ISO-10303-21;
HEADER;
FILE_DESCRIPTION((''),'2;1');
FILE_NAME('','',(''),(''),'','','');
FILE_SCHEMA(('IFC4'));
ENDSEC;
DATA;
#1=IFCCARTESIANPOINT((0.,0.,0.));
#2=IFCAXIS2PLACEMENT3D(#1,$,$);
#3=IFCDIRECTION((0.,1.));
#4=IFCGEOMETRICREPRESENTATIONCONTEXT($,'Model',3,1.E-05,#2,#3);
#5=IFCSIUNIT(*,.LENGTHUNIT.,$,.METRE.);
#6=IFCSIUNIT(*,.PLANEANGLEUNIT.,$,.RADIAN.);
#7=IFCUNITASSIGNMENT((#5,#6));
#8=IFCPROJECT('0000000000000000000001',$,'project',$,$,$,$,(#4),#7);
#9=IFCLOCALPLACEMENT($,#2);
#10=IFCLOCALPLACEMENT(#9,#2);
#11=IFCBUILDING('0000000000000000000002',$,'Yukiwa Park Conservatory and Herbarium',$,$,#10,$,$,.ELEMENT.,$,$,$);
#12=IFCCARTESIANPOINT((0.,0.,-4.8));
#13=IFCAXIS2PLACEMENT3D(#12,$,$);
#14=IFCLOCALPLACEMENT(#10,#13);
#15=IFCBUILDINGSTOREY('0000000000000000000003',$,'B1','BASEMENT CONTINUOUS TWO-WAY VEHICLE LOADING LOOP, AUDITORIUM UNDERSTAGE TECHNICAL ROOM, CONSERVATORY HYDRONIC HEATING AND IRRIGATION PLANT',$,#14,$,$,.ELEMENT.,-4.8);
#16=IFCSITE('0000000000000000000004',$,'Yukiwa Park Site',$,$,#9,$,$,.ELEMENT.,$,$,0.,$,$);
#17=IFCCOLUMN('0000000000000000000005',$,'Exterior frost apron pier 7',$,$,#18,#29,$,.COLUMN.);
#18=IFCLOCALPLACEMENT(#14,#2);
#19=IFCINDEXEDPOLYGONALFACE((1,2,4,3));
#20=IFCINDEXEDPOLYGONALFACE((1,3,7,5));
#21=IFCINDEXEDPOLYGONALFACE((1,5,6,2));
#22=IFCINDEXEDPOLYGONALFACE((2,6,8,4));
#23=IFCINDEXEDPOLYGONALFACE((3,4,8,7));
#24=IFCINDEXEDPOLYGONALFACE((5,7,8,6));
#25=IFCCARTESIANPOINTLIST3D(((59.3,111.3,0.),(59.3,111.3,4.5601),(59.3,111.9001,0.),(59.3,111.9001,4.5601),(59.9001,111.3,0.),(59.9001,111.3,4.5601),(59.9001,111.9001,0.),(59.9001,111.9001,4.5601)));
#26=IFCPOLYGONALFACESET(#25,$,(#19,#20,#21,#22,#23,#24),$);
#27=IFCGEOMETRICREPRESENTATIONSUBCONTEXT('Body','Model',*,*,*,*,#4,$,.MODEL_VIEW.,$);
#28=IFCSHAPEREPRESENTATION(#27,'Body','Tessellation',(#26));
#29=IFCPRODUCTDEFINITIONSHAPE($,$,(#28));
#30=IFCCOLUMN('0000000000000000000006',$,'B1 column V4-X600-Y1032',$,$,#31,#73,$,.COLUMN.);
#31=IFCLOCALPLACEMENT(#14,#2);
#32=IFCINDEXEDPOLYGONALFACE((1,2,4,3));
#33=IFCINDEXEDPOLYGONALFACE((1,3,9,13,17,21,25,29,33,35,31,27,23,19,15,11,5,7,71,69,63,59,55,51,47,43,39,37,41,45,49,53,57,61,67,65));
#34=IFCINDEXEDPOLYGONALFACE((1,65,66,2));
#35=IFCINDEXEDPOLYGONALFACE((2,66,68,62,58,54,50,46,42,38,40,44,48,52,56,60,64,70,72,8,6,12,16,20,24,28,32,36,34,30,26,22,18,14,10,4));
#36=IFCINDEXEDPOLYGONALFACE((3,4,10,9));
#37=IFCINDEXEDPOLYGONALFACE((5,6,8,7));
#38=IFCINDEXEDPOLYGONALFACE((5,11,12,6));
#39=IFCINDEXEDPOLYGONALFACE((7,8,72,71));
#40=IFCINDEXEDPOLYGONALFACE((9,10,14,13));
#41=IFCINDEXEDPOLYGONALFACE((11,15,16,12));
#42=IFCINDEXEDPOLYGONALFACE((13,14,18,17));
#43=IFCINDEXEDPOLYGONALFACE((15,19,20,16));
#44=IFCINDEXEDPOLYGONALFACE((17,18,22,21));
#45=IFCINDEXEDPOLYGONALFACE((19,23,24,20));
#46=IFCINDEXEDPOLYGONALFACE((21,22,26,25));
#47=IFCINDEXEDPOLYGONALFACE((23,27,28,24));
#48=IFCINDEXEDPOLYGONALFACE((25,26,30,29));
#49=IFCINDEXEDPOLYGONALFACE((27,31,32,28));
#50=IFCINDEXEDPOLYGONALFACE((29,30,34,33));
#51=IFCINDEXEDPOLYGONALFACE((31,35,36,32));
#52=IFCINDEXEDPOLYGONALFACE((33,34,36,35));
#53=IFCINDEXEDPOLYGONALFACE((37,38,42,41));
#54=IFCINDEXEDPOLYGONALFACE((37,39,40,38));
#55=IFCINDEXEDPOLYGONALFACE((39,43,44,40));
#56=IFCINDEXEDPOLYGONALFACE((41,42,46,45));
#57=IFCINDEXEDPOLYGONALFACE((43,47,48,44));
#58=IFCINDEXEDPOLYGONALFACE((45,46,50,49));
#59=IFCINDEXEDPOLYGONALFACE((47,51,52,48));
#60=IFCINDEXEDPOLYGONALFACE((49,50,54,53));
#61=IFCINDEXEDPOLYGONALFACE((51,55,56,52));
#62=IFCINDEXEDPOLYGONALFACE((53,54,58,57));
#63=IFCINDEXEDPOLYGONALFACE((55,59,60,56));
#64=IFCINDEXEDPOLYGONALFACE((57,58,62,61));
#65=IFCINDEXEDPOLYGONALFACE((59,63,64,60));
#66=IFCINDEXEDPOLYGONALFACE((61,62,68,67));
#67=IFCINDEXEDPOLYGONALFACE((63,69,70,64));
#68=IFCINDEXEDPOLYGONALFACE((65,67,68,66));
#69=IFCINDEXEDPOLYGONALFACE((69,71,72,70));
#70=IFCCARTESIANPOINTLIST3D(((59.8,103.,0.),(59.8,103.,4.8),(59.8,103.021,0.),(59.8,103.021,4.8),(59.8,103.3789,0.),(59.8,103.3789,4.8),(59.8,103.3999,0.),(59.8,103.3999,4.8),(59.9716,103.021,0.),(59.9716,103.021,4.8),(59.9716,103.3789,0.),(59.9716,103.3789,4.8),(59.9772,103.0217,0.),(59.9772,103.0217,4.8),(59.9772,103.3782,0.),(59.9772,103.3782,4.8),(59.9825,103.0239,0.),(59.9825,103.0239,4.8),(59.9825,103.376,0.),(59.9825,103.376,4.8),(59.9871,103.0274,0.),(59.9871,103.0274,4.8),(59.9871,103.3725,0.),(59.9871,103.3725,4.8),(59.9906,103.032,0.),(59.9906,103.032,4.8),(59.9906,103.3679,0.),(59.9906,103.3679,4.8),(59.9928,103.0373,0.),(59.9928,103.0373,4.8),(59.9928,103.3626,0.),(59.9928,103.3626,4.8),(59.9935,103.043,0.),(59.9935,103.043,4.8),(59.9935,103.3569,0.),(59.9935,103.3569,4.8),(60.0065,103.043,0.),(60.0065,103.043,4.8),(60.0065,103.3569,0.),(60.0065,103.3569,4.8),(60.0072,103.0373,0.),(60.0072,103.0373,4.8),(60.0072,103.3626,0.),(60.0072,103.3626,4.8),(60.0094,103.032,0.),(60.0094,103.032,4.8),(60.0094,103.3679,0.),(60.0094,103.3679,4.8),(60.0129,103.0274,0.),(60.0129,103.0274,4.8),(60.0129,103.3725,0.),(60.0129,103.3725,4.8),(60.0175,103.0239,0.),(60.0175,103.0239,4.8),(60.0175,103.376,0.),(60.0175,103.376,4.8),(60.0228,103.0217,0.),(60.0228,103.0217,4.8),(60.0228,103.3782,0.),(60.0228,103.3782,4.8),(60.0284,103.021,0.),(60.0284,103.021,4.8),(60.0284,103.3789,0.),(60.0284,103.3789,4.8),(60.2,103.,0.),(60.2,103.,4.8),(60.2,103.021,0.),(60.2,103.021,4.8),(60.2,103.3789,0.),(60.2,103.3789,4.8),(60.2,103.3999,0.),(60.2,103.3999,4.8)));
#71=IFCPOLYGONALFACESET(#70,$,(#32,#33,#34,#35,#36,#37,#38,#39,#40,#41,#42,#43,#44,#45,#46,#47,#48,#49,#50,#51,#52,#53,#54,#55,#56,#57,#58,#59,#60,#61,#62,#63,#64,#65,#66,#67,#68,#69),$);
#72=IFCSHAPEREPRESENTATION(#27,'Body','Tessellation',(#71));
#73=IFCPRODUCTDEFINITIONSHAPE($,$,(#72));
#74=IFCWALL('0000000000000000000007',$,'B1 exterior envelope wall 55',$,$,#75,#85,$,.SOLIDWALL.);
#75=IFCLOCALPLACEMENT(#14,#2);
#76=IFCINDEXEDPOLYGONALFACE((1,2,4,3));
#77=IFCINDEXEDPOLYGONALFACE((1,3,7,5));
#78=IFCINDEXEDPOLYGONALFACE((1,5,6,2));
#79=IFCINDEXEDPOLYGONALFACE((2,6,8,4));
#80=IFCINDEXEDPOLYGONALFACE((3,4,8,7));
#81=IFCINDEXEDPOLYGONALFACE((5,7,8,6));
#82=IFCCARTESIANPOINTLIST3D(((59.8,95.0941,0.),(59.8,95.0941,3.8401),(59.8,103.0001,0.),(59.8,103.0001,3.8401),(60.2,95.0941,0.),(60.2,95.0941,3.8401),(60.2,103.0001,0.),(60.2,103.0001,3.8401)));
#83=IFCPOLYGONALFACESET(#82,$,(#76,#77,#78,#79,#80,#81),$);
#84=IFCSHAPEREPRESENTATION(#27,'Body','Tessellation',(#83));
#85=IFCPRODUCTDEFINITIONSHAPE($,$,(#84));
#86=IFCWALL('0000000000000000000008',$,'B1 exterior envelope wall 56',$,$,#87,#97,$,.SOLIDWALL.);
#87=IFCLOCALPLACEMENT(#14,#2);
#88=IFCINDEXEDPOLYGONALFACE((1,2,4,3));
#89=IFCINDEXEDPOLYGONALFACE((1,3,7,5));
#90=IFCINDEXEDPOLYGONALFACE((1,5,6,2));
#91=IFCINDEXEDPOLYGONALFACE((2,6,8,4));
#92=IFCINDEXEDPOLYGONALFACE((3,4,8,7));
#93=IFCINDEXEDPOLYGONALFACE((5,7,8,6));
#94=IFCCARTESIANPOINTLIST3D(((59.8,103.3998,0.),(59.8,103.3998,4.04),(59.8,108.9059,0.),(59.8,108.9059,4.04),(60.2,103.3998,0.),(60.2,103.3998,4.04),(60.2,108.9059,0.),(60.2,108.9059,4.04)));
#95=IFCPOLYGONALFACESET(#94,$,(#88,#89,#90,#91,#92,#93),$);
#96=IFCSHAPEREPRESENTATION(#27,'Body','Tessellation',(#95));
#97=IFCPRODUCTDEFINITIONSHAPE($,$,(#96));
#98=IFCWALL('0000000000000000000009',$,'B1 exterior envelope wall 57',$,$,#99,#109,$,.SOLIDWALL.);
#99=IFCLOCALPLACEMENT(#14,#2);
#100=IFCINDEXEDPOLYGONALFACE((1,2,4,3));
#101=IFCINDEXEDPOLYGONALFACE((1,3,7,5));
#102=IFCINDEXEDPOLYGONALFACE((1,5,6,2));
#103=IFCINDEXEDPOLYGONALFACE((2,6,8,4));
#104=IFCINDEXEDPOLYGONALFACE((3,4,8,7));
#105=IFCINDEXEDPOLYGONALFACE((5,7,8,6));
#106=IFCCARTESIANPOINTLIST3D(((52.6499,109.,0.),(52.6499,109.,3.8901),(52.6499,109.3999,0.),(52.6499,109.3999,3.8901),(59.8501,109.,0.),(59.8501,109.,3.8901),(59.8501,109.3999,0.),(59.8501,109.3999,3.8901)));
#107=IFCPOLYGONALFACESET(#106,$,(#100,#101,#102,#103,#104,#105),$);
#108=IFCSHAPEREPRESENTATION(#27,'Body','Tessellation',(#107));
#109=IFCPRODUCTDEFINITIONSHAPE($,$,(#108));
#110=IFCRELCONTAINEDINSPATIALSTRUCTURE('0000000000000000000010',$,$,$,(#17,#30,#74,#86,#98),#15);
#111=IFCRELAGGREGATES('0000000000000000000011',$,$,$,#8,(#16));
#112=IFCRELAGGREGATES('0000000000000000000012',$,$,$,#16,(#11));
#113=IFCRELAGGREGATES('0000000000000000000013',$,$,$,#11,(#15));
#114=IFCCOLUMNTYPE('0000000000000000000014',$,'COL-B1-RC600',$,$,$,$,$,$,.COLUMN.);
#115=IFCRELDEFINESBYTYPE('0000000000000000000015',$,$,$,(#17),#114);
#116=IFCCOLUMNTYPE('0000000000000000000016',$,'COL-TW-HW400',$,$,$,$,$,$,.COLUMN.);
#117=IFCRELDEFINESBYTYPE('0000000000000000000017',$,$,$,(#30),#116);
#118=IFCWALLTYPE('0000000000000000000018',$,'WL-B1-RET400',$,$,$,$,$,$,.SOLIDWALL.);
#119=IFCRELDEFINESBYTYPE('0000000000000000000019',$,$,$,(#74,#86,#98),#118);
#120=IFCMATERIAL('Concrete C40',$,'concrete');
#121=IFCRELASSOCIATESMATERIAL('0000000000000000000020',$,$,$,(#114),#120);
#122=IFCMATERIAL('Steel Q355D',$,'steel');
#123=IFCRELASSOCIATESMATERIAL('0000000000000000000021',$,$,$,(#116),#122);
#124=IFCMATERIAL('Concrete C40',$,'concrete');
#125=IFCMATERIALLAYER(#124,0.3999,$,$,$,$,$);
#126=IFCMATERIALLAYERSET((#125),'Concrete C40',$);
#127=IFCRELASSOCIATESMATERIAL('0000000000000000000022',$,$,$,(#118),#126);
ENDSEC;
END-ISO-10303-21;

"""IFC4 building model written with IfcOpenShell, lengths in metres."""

from ifc_helpers import new_model, si_unit, direction, frame, frame_2d, origin, origin_2d, place, context, subcontext, project, spatial, rectangle, i_section, extrude, material, layer, layer_set, material_profile, profile_set, type_object, element, save


model = new_model("IFC4")

# Units and contexts
model_context = context("Model", 3, precision=1e-05, world=origin(), true_north=direction((0.0, 1.0)))
body_context = subcontext(model_context, "Body", "Model", "MODEL_VIEW")
ifc_project = project(units=[si_unit("LENGTHUNIT", "METRE"), si_unit("PLANEANGLEUNIT", "RADIAN")], contexts=[model_context])

# Site, building, storey
site_placement = place(None, origin())
site = spatial("IfcSite", under=ifc_project, at=site_placement, Name="Yukiwa Park Site", CompositionType="ELEMENT", RefElevation=0.0)
building_placement = place(site_placement, origin())
building = spatial("IfcBuilding", under=site, at=building_placement, Name="Yukiwa Park Conservatory and Herbarium", CompositionType="ELEMENT")
storey_placement = place(building_placement, frame((0.0, 0.0, -4.8)))
storey = spatial("IfcBuildingStorey", under=building, at=storey_placement, Name="B1", Description="BASEMENT CONTINUOUS TWO-WAY VEHICLE LOADING LOOP, AUDITORIUM UNDERSTAGE TECHNICAL ROOM, CONSERVATORY HYDRONIC HEATING AND IRRIGATION PLANT", CompositionType="ELEMENT", Elevation=-4.8)

# Columns
ifc_material_1 = material(Name="Concrete C40", Category="concrete")
ifc_material_profile_1 = material_profile(ifc_material_1, rectangle(XDim=0.6001, YDim=0.6001, at=origin_2d()), Name="RC 600x600")
ifc_profile_set_1 = profile_set([ifc_material_profile_1], Name="Concrete C40")
column_type_1 = type_object("IfcColumnType", Name="COL-B1-RC600", PredefinedType="COLUMN", material=ifc_profile_set_1)
for number, where, z_axis, x_axis, name in (
    (1, (59.6001, 111.6001, 0.0), (0.0, 0.0, 1.0), (1.0, 0.0, 0.0), "Exterior frost apron pier 7"),
):
    element("IfcColumn", number, at=place(storey_placement, frame(where, z_axis=z_axis, x_axis=x_axis)), inside=storey, type_object=column_type_1, Name=name, PredefinedType="COLUMN", context=body_context, shape_type="SweptSolid", body=[
        extrude(rectangle(XDim=0.6001, YDim=0.6001, at=origin_2d()), origin(), (0.0, 0.0, 1.0), 4.5601),
    ])
ifc_material_2 = material(Name="Steel Q355D", Category="steel")
ifc_material_profile_2 = material_profile(ifc_material_2, i_section(OverallWidth=0.3999, OverallDepth=0.3999, WebThickness=0.0129, FlangeThickness=0.021, FilletRadius=0.022, at=origin_2d()), Name="HW 400x400x13x21")
ifc_profile_set_2 = profile_set([ifc_material_profile_2], Name="Steel Q355D")
column_type_2 = type_object("IfcColumnType", Name="COL-TW-HW400", PredefinedType="COLUMN", material=ifc_profile_set_2)
column_placement = place(storey_placement, frame((60.0, 103.2, 0.0), z_axis=(0.0, 0.0, 1.0), x_axis=(1.0, 0.0, 0.0)))
element("IfcColumn", 2, at=column_placement, inside=storey, type_object=column_type_2, Name="B1 column V4-X600-Y1032", PredefinedType="COLUMN", context=body_context, shape_type="SweptSolid", body=[
    extrude(i_section(OverallWidth=0.3999, OverallDepth=0.3999, WebThickness=0.0129, FlangeThickness=0.021, FilletRadius=0.022, at=origin_2d()), origin(), (0.0, 0.0, 1.0), 4.8),
])

# Walls
ifc_material_3 = material(Name="Concrete C40", Category="concrete")
ifc_layer = layer(ifc_material_3, 0.3999)
ifc_layer_set = layer_set([ifc_layer], Name="Concrete C40")
wall_type = type_object("IfcWallType", Name="WL-B1-RET400", PredefinedType="SOLIDWALL", material=ifc_layer_set)
wall_1_placement = place(storey_placement, frame((60.0, 95.094, 0.0), z_axis=(0.0, 0.0, 1.0), x_axis=(0.0, 1.0, 0.0)))
element("IfcWall", 3, at=wall_1_placement, inside=storey, type_object=wall_type, Name="B1 exterior envelope wall 55", PredefinedType="SOLIDWALL", context=body_context, shape_type="SweptSolid", body=[
    extrude(rectangle(XDim=7.906, YDim=0.3999, at=frame_2d((3.9531, 0.0))), origin(), (0.0, 0.0, 1.0), 3.8401),
])
wall_2_placement = place(storey_placement, frame((60.0, 103.3999, 0.0), z_axis=(0.0, 0.0, 1.0), x_axis=(0.0, 1.0, 0.0)))
element("IfcWall", 4, at=wall_2_placement, inside=storey, type_object=wall_type, Name="B1 exterior envelope wall 56", PredefinedType="SOLIDWALL", context=body_context, shape_type="SweptSolid", body=[
    extrude(rectangle(XDim=5.5061, YDim=0.3999, at=frame_2d((2.7529, 0.0))), origin(), (0.0, 0.0, 1.0), 4.04),
])
wall_3_placement = place(storey_placement, frame((59.8501, 109.2, 0.0), z_axis=(0.0, 0.0, 1.0), x_axis=(-1.0, 0.0, 0.0)))
element("IfcWall", 5, at=wall_3_placement, inside=storey, type_object=wall_type, Name="B1 exterior envelope wall 57", PredefinedType="SOLIDWALL", context=body_context, shape_type="SweptSolid", body=[
    extrude(rectangle(XDim=7.2002, YDim=0.3999, at=frame_2d((3.6001, 0.0))), origin(), (0.0, 0.0, 1.0), 3.8901),
])

save(model, "model.ifc")
